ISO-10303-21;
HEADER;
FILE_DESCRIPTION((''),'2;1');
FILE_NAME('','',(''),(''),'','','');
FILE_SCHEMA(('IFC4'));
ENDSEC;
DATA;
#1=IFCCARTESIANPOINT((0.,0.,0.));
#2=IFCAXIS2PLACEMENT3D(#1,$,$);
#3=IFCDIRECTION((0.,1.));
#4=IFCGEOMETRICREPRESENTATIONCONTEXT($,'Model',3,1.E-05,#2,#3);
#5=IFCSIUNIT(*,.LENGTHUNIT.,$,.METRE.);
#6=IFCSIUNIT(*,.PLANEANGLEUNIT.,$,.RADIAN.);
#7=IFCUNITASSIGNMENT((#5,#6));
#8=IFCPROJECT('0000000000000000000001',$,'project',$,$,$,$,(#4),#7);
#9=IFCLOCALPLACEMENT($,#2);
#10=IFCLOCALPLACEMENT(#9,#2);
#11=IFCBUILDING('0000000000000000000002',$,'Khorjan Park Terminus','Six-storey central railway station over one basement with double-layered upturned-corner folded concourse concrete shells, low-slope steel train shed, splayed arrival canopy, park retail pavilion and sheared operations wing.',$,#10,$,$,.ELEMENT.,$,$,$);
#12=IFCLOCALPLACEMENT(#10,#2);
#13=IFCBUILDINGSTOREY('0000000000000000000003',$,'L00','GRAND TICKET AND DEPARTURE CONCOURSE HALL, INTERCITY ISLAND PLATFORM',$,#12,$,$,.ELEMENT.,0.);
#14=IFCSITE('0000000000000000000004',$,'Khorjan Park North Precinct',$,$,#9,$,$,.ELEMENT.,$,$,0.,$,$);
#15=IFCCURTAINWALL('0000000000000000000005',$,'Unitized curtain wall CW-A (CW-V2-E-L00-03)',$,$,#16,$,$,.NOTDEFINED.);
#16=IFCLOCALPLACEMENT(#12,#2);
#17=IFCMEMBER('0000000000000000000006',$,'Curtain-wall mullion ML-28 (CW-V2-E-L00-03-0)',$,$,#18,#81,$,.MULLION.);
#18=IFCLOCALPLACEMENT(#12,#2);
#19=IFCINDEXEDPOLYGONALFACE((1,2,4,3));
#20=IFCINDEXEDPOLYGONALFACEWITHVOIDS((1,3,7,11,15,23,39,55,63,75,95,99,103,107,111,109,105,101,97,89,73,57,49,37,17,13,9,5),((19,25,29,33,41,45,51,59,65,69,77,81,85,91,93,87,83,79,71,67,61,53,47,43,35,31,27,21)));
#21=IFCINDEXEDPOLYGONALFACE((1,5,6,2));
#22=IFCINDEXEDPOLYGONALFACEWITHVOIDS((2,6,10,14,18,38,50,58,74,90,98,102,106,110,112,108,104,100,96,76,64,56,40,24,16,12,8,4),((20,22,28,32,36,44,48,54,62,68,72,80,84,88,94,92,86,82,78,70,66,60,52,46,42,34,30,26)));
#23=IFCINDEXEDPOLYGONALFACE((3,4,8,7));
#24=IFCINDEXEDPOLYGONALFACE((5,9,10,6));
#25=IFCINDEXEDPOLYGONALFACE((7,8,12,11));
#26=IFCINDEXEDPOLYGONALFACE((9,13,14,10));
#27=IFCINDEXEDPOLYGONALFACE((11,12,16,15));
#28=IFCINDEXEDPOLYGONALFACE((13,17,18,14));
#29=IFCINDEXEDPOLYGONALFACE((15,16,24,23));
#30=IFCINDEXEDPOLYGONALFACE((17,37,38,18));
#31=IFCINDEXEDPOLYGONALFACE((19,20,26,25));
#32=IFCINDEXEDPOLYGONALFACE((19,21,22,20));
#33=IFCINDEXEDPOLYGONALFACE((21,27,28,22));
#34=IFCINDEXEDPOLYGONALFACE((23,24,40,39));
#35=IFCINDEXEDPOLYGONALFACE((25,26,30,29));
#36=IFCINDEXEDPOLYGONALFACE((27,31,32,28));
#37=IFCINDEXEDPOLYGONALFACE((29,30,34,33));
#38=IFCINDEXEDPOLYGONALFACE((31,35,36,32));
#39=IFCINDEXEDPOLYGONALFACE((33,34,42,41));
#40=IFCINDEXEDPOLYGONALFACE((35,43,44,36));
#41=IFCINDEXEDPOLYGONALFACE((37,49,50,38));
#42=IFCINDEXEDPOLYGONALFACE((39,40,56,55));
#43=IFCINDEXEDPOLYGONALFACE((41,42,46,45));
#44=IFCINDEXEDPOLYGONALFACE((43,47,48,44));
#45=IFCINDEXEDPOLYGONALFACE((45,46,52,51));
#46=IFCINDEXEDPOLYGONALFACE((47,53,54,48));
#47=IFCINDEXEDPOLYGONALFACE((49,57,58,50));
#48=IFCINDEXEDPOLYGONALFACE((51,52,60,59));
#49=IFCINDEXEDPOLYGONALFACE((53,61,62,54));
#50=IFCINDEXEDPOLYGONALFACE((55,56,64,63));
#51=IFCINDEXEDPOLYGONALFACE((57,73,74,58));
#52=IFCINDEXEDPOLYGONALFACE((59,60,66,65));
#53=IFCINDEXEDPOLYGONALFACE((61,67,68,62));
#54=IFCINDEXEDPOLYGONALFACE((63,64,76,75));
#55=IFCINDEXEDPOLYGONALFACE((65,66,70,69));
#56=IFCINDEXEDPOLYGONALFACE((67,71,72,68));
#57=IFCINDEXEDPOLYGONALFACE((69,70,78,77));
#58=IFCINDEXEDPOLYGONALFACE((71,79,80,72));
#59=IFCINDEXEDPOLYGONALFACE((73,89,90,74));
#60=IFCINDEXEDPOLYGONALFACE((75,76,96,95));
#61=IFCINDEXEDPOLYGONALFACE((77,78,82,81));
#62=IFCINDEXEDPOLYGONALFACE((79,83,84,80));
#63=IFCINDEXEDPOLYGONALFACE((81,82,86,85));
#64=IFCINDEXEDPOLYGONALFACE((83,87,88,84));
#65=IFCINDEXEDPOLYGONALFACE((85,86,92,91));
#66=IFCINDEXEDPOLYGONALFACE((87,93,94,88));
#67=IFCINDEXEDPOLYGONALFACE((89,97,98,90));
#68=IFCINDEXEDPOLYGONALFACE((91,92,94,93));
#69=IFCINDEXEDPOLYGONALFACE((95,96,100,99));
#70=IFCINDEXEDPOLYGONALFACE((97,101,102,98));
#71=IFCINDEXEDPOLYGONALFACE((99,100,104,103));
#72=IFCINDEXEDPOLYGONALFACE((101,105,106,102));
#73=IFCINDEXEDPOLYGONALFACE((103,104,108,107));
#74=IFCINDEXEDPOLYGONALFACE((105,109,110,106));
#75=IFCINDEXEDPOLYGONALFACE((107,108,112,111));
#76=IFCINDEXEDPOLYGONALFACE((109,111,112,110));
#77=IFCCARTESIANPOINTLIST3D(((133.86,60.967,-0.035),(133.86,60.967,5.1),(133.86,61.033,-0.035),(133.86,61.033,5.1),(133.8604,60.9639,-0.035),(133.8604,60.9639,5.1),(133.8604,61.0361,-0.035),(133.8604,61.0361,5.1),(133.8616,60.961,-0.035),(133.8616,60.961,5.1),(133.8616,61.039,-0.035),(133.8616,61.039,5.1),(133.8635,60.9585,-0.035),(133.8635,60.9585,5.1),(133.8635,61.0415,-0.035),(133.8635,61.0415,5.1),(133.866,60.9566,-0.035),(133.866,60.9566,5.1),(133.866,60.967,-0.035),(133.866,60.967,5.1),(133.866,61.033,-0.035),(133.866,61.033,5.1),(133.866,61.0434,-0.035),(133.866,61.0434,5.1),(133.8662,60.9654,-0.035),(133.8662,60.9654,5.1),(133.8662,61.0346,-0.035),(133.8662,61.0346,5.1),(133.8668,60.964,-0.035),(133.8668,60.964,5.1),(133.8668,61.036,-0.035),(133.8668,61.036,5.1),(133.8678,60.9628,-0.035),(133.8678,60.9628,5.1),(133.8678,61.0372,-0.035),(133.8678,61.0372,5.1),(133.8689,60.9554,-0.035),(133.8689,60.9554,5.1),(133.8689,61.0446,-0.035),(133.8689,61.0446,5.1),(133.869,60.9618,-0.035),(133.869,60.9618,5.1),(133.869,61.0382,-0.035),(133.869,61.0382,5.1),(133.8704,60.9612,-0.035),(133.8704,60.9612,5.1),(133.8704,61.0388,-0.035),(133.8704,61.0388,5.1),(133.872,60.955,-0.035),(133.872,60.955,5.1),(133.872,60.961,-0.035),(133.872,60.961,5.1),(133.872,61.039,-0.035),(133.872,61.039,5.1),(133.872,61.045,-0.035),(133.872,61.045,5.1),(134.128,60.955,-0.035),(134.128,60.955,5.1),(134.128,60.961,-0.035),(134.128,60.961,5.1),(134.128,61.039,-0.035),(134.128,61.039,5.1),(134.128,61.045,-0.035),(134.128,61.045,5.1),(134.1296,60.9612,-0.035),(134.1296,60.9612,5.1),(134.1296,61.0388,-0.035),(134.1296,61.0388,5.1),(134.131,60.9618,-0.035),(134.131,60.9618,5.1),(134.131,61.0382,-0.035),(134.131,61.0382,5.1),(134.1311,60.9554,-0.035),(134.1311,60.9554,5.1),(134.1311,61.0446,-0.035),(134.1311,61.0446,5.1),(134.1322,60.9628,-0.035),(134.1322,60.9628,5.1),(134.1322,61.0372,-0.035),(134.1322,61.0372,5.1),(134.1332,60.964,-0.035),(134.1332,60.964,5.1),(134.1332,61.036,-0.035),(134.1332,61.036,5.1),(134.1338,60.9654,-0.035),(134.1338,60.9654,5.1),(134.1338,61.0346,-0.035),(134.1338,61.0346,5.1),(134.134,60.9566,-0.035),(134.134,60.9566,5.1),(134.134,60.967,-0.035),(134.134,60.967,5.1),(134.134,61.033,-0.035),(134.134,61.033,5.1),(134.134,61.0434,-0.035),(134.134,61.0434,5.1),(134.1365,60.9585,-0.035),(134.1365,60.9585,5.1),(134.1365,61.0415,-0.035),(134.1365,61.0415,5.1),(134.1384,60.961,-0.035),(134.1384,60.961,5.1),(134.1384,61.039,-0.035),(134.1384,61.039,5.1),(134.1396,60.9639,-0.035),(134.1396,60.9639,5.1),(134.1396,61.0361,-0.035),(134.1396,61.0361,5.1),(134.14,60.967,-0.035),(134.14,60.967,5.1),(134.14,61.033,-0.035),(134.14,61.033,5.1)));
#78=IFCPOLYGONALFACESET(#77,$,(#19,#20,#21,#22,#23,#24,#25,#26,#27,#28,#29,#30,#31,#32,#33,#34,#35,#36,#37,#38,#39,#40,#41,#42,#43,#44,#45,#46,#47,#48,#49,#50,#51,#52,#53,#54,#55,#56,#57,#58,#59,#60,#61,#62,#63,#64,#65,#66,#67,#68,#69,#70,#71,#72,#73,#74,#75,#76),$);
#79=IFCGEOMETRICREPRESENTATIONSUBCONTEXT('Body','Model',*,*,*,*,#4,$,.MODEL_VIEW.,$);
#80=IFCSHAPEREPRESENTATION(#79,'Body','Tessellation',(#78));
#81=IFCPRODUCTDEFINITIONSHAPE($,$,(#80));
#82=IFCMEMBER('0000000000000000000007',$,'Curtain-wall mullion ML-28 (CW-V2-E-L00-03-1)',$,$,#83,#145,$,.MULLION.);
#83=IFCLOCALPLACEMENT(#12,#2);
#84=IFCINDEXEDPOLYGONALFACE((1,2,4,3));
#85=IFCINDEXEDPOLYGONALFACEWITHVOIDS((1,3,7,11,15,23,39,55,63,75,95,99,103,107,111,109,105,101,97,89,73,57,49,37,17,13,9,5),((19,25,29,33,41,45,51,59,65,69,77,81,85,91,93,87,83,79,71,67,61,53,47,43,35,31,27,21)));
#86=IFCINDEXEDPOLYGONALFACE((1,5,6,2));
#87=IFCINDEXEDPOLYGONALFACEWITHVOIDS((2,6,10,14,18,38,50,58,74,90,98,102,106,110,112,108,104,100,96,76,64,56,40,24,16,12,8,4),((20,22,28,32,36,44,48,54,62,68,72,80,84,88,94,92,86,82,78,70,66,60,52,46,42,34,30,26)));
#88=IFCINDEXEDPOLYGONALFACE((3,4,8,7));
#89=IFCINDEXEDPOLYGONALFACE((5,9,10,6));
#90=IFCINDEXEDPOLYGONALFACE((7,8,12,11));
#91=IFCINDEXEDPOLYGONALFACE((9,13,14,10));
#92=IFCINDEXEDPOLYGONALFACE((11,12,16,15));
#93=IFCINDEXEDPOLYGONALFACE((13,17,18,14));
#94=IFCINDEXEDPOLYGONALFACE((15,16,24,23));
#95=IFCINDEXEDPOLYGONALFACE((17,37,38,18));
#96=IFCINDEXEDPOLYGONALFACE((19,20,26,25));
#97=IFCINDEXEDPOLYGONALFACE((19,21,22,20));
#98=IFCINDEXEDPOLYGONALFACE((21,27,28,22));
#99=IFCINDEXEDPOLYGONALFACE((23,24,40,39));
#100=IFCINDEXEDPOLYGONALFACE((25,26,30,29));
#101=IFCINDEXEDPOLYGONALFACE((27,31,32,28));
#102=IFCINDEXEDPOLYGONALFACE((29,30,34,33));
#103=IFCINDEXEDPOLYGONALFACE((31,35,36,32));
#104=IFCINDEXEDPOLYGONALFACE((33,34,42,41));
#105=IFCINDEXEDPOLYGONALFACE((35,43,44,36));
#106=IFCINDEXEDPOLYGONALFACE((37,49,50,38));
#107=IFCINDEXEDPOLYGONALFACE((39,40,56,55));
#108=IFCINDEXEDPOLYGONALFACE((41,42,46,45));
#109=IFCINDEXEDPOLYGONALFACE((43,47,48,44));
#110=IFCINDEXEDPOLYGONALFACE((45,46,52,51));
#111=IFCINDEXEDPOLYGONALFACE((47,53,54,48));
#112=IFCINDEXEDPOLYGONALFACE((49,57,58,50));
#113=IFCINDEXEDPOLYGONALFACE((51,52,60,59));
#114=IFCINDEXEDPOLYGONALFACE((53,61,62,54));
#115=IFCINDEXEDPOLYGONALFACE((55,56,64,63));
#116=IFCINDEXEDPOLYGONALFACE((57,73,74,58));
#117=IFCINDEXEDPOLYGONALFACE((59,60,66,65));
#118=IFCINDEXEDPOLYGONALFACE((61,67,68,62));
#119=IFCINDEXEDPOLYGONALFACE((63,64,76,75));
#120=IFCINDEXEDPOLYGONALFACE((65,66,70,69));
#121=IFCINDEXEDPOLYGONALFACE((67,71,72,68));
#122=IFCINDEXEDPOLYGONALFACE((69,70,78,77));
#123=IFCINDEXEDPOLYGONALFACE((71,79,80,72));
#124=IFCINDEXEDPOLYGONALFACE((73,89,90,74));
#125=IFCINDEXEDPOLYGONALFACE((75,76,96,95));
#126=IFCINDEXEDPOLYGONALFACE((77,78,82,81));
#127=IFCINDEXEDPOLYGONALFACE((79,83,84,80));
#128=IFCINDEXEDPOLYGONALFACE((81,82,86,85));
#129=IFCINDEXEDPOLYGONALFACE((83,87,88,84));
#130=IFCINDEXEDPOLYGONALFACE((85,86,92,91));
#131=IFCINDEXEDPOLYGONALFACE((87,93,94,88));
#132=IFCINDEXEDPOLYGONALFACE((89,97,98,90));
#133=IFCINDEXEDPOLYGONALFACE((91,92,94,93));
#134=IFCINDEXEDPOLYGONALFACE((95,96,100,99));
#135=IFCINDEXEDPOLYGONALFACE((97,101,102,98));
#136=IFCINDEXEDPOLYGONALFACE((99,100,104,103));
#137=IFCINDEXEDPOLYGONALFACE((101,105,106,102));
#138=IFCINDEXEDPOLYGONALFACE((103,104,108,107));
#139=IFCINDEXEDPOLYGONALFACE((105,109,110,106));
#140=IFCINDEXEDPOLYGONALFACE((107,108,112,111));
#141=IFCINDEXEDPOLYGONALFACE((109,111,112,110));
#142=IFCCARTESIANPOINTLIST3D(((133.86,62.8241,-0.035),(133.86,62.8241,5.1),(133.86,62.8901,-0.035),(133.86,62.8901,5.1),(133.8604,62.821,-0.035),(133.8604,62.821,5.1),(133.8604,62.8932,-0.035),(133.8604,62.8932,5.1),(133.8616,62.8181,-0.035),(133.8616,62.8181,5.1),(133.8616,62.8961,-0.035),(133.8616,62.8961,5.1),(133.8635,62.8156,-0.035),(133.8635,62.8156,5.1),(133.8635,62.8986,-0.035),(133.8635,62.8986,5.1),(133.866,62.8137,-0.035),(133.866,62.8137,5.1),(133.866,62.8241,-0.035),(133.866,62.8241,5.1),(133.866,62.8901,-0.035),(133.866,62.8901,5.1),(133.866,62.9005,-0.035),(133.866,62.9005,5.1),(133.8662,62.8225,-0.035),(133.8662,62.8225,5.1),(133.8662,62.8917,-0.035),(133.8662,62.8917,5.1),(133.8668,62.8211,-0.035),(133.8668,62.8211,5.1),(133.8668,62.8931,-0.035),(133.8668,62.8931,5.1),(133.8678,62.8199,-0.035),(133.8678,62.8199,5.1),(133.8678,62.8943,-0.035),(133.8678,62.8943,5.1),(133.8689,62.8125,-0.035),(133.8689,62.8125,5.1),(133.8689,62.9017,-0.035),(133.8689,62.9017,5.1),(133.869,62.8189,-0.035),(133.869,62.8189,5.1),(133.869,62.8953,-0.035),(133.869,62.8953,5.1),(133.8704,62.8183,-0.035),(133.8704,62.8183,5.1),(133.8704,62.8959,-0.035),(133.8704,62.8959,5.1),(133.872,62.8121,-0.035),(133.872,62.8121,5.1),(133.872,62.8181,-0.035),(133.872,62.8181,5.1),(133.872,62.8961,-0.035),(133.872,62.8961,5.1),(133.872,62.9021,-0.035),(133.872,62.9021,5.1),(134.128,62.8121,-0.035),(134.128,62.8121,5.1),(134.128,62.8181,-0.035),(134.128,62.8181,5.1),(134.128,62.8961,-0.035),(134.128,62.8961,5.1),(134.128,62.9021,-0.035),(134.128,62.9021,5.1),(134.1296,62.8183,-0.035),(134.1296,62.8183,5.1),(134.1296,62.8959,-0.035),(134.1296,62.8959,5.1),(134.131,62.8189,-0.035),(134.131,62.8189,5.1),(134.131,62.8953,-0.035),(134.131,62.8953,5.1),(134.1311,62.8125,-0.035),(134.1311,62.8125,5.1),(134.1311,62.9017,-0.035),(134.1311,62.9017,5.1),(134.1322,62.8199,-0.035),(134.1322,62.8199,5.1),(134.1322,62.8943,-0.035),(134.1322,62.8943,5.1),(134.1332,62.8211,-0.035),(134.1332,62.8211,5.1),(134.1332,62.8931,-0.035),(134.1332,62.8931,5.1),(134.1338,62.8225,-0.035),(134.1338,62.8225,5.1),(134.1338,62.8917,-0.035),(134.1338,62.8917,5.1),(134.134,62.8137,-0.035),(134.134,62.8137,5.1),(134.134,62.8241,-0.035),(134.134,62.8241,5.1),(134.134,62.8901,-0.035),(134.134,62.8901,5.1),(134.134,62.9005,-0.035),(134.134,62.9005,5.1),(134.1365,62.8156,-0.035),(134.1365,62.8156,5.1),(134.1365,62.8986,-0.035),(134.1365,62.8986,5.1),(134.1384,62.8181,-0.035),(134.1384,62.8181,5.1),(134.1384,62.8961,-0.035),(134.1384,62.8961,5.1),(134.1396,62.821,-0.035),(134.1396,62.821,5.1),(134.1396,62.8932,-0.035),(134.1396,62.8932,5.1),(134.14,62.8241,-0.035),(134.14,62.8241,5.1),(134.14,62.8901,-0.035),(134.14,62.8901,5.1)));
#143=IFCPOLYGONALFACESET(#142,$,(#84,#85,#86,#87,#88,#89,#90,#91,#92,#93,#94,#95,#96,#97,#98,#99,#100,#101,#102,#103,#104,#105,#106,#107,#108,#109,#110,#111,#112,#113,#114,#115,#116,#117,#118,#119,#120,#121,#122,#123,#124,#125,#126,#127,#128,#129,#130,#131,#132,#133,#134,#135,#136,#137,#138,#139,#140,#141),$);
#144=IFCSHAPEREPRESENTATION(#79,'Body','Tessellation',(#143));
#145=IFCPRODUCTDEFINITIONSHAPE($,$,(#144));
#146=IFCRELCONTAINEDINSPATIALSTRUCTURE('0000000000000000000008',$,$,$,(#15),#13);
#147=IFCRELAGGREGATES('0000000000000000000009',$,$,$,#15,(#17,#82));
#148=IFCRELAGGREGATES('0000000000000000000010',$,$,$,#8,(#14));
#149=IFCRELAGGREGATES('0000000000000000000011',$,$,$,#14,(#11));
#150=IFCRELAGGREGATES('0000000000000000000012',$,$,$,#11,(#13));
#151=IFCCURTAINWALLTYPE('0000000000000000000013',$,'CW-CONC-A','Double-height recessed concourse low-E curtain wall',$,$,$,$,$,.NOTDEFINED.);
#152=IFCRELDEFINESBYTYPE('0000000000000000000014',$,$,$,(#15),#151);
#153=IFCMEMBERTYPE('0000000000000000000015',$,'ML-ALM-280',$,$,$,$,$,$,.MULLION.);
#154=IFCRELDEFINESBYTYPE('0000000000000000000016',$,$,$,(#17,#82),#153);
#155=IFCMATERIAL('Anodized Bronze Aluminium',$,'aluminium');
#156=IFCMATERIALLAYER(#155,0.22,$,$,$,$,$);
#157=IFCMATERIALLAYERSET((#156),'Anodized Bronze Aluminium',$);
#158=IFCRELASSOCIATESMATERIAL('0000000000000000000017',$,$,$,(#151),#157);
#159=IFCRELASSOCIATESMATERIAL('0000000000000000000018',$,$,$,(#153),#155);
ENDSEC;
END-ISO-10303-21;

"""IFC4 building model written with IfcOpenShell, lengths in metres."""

from ifc_helpers import new_model, si_unit, direction, frame, origin, origin_2d, place, context, subcontext, project, spatial, hollow_rectangle, extrude, material, layer, layer_set, material_profile, profile_set, type_object, element, aggregate, save


model = new_model("IFC4")

# Units and contexts
model_context = context("Model", 3, precision=1e-05, world=origin(), true_north=direction((0.0, 1.0)))
body_context = subcontext(model_context, "Body", "Model", "MODEL_VIEW")
ifc_project = project(units=[si_unit("LENGTHUNIT", "METRE"), si_unit("PLANEANGLEUNIT", "RADIAN")], contexts=[model_context])

# Site, building, storey
site_placement = place(None, origin())
site = spatial("IfcSite", under=ifc_project, at=site_placement, Name="Khorjan Park North Precinct", CompositionType="ELEMENT", RefElevation=0.0)
building_placement = place(site_placement, origin())
building = spatial("IfcBuilding", under=site, at=building_placement, Name="Khorjan Park Terminus", Description="Six-storey central railway station over one basement with double-layered upturned-corner folded concourse concrete shells, low-slope steel train shed, splayed arrival canopy, park retail pavilion and sheared operations wing.", CompositionType="ELEMENT")
storey_placement = place(building_placement, origin())
storey = spatial("IfcBuildingStorey", under=building, at=storey_placement, Name="L00", Description="GRAND TICKET AND DEPARTURE CONCOURSE HALL, INTERCITY ISLAND PLATFORM", CompositionType="ELEMENT", Elevation=0.0)

# Curtain wall, members
ifc_material_1 = material(Name="Anodized Bronze Aluminium", Category="aluminium")
ifc_layer_1 = layer(ifc_material_1, 0.22)
ifc_layer_set_1 = layer_set([ifc_layer_1], Name="Anodized Bronze Aluminium")
curtain_wall_type = type_object("IfcCurtainWallType", Name="CW-CONC-A", Description="Double-height recessed concourse low-E curtain wall", PredefinedType="NOTDEFINED", material=ifc_layer_set_1)
curtain_wall_placement = place(storey_placement, origin())
curtain_wall = element("IfcCurtainWall", 1, at=curtain_wall_placement, inside=storey, type_object=curtain_wall_type, Name="Unitized curtain wall CW-A (CW-V2-E-L00-03)", PredefinedType="NOTDEFINED")
ifc_material_profile_1 = material_profile(ifc_material_1, hollow_rectangle(XDim=0.09, YDim=0.28, WallThickness=0.006, InnerFilletRadius=0.006, OuterFilletRadius=0.012, at=origin_2d()), Name="ALM 90x280x6")
ifc_profile_set_1 = profile_set([ifc_material_profile_1], Name="Anodized Bronze Aluminium")
member_type_1 = type_object("IfcMemberType", Name="ML-ALM-280", PredefinedType="MULLION", material=ifc_profile_set_1)
member_1_placement = place(storey_placement, frame((134.0, 61.0, -0.035), z_axis=(0.0, 0.0, 1.0), x_axis=(0.0, 1.0, 0.0)))
member_1 = element("IfcMember", 2, at=member_1_placement, type_object=member_type_1, Name="Curtain-wall mullion ML-28 (CW-V2-E-L00-03-0)", PredefinedType="MULLION", context=body_context, shape_type="SweptSolid", body=[
    extrude(hollow_rectangle(XDim=0.09, YDim=0.28, WallThickness=0.006, InnerFilletRadius=0.006, OuterFilletRadius=0.012, at=origin_2d()), origin(), (0.0, 0.0, 1.0), 5.135),
])
member_2_placement = place(storey_placement, frame((134.0, 62.8571, -0.035), z_axis=(0.0, 0.0, 1.0), x_axis=(0.0, 1.0, 0.0)))
member_2 = element("IfcMember", 3, at=member_2_placement, type_object=member_type_1, Name="Curtain-wall mullion ML-28 (CW-V2-E-L00-03-1)", PredefinedType="MULLION", context=body_context, shape_type="SweptSolid", body=[
    extrude(hollow_rectangle(XDim=0.09, YDim=0.28, WallThickness=0.006, InnerFilletRadius=0.006, OuterFilletRadius=0.012, at=origin_2d()), origin(), (0.0, 0.0, 1.0), 5.135),
])
aggregate(curtain_wall, [member_1, member_2])

save(model, "model.ifc")
